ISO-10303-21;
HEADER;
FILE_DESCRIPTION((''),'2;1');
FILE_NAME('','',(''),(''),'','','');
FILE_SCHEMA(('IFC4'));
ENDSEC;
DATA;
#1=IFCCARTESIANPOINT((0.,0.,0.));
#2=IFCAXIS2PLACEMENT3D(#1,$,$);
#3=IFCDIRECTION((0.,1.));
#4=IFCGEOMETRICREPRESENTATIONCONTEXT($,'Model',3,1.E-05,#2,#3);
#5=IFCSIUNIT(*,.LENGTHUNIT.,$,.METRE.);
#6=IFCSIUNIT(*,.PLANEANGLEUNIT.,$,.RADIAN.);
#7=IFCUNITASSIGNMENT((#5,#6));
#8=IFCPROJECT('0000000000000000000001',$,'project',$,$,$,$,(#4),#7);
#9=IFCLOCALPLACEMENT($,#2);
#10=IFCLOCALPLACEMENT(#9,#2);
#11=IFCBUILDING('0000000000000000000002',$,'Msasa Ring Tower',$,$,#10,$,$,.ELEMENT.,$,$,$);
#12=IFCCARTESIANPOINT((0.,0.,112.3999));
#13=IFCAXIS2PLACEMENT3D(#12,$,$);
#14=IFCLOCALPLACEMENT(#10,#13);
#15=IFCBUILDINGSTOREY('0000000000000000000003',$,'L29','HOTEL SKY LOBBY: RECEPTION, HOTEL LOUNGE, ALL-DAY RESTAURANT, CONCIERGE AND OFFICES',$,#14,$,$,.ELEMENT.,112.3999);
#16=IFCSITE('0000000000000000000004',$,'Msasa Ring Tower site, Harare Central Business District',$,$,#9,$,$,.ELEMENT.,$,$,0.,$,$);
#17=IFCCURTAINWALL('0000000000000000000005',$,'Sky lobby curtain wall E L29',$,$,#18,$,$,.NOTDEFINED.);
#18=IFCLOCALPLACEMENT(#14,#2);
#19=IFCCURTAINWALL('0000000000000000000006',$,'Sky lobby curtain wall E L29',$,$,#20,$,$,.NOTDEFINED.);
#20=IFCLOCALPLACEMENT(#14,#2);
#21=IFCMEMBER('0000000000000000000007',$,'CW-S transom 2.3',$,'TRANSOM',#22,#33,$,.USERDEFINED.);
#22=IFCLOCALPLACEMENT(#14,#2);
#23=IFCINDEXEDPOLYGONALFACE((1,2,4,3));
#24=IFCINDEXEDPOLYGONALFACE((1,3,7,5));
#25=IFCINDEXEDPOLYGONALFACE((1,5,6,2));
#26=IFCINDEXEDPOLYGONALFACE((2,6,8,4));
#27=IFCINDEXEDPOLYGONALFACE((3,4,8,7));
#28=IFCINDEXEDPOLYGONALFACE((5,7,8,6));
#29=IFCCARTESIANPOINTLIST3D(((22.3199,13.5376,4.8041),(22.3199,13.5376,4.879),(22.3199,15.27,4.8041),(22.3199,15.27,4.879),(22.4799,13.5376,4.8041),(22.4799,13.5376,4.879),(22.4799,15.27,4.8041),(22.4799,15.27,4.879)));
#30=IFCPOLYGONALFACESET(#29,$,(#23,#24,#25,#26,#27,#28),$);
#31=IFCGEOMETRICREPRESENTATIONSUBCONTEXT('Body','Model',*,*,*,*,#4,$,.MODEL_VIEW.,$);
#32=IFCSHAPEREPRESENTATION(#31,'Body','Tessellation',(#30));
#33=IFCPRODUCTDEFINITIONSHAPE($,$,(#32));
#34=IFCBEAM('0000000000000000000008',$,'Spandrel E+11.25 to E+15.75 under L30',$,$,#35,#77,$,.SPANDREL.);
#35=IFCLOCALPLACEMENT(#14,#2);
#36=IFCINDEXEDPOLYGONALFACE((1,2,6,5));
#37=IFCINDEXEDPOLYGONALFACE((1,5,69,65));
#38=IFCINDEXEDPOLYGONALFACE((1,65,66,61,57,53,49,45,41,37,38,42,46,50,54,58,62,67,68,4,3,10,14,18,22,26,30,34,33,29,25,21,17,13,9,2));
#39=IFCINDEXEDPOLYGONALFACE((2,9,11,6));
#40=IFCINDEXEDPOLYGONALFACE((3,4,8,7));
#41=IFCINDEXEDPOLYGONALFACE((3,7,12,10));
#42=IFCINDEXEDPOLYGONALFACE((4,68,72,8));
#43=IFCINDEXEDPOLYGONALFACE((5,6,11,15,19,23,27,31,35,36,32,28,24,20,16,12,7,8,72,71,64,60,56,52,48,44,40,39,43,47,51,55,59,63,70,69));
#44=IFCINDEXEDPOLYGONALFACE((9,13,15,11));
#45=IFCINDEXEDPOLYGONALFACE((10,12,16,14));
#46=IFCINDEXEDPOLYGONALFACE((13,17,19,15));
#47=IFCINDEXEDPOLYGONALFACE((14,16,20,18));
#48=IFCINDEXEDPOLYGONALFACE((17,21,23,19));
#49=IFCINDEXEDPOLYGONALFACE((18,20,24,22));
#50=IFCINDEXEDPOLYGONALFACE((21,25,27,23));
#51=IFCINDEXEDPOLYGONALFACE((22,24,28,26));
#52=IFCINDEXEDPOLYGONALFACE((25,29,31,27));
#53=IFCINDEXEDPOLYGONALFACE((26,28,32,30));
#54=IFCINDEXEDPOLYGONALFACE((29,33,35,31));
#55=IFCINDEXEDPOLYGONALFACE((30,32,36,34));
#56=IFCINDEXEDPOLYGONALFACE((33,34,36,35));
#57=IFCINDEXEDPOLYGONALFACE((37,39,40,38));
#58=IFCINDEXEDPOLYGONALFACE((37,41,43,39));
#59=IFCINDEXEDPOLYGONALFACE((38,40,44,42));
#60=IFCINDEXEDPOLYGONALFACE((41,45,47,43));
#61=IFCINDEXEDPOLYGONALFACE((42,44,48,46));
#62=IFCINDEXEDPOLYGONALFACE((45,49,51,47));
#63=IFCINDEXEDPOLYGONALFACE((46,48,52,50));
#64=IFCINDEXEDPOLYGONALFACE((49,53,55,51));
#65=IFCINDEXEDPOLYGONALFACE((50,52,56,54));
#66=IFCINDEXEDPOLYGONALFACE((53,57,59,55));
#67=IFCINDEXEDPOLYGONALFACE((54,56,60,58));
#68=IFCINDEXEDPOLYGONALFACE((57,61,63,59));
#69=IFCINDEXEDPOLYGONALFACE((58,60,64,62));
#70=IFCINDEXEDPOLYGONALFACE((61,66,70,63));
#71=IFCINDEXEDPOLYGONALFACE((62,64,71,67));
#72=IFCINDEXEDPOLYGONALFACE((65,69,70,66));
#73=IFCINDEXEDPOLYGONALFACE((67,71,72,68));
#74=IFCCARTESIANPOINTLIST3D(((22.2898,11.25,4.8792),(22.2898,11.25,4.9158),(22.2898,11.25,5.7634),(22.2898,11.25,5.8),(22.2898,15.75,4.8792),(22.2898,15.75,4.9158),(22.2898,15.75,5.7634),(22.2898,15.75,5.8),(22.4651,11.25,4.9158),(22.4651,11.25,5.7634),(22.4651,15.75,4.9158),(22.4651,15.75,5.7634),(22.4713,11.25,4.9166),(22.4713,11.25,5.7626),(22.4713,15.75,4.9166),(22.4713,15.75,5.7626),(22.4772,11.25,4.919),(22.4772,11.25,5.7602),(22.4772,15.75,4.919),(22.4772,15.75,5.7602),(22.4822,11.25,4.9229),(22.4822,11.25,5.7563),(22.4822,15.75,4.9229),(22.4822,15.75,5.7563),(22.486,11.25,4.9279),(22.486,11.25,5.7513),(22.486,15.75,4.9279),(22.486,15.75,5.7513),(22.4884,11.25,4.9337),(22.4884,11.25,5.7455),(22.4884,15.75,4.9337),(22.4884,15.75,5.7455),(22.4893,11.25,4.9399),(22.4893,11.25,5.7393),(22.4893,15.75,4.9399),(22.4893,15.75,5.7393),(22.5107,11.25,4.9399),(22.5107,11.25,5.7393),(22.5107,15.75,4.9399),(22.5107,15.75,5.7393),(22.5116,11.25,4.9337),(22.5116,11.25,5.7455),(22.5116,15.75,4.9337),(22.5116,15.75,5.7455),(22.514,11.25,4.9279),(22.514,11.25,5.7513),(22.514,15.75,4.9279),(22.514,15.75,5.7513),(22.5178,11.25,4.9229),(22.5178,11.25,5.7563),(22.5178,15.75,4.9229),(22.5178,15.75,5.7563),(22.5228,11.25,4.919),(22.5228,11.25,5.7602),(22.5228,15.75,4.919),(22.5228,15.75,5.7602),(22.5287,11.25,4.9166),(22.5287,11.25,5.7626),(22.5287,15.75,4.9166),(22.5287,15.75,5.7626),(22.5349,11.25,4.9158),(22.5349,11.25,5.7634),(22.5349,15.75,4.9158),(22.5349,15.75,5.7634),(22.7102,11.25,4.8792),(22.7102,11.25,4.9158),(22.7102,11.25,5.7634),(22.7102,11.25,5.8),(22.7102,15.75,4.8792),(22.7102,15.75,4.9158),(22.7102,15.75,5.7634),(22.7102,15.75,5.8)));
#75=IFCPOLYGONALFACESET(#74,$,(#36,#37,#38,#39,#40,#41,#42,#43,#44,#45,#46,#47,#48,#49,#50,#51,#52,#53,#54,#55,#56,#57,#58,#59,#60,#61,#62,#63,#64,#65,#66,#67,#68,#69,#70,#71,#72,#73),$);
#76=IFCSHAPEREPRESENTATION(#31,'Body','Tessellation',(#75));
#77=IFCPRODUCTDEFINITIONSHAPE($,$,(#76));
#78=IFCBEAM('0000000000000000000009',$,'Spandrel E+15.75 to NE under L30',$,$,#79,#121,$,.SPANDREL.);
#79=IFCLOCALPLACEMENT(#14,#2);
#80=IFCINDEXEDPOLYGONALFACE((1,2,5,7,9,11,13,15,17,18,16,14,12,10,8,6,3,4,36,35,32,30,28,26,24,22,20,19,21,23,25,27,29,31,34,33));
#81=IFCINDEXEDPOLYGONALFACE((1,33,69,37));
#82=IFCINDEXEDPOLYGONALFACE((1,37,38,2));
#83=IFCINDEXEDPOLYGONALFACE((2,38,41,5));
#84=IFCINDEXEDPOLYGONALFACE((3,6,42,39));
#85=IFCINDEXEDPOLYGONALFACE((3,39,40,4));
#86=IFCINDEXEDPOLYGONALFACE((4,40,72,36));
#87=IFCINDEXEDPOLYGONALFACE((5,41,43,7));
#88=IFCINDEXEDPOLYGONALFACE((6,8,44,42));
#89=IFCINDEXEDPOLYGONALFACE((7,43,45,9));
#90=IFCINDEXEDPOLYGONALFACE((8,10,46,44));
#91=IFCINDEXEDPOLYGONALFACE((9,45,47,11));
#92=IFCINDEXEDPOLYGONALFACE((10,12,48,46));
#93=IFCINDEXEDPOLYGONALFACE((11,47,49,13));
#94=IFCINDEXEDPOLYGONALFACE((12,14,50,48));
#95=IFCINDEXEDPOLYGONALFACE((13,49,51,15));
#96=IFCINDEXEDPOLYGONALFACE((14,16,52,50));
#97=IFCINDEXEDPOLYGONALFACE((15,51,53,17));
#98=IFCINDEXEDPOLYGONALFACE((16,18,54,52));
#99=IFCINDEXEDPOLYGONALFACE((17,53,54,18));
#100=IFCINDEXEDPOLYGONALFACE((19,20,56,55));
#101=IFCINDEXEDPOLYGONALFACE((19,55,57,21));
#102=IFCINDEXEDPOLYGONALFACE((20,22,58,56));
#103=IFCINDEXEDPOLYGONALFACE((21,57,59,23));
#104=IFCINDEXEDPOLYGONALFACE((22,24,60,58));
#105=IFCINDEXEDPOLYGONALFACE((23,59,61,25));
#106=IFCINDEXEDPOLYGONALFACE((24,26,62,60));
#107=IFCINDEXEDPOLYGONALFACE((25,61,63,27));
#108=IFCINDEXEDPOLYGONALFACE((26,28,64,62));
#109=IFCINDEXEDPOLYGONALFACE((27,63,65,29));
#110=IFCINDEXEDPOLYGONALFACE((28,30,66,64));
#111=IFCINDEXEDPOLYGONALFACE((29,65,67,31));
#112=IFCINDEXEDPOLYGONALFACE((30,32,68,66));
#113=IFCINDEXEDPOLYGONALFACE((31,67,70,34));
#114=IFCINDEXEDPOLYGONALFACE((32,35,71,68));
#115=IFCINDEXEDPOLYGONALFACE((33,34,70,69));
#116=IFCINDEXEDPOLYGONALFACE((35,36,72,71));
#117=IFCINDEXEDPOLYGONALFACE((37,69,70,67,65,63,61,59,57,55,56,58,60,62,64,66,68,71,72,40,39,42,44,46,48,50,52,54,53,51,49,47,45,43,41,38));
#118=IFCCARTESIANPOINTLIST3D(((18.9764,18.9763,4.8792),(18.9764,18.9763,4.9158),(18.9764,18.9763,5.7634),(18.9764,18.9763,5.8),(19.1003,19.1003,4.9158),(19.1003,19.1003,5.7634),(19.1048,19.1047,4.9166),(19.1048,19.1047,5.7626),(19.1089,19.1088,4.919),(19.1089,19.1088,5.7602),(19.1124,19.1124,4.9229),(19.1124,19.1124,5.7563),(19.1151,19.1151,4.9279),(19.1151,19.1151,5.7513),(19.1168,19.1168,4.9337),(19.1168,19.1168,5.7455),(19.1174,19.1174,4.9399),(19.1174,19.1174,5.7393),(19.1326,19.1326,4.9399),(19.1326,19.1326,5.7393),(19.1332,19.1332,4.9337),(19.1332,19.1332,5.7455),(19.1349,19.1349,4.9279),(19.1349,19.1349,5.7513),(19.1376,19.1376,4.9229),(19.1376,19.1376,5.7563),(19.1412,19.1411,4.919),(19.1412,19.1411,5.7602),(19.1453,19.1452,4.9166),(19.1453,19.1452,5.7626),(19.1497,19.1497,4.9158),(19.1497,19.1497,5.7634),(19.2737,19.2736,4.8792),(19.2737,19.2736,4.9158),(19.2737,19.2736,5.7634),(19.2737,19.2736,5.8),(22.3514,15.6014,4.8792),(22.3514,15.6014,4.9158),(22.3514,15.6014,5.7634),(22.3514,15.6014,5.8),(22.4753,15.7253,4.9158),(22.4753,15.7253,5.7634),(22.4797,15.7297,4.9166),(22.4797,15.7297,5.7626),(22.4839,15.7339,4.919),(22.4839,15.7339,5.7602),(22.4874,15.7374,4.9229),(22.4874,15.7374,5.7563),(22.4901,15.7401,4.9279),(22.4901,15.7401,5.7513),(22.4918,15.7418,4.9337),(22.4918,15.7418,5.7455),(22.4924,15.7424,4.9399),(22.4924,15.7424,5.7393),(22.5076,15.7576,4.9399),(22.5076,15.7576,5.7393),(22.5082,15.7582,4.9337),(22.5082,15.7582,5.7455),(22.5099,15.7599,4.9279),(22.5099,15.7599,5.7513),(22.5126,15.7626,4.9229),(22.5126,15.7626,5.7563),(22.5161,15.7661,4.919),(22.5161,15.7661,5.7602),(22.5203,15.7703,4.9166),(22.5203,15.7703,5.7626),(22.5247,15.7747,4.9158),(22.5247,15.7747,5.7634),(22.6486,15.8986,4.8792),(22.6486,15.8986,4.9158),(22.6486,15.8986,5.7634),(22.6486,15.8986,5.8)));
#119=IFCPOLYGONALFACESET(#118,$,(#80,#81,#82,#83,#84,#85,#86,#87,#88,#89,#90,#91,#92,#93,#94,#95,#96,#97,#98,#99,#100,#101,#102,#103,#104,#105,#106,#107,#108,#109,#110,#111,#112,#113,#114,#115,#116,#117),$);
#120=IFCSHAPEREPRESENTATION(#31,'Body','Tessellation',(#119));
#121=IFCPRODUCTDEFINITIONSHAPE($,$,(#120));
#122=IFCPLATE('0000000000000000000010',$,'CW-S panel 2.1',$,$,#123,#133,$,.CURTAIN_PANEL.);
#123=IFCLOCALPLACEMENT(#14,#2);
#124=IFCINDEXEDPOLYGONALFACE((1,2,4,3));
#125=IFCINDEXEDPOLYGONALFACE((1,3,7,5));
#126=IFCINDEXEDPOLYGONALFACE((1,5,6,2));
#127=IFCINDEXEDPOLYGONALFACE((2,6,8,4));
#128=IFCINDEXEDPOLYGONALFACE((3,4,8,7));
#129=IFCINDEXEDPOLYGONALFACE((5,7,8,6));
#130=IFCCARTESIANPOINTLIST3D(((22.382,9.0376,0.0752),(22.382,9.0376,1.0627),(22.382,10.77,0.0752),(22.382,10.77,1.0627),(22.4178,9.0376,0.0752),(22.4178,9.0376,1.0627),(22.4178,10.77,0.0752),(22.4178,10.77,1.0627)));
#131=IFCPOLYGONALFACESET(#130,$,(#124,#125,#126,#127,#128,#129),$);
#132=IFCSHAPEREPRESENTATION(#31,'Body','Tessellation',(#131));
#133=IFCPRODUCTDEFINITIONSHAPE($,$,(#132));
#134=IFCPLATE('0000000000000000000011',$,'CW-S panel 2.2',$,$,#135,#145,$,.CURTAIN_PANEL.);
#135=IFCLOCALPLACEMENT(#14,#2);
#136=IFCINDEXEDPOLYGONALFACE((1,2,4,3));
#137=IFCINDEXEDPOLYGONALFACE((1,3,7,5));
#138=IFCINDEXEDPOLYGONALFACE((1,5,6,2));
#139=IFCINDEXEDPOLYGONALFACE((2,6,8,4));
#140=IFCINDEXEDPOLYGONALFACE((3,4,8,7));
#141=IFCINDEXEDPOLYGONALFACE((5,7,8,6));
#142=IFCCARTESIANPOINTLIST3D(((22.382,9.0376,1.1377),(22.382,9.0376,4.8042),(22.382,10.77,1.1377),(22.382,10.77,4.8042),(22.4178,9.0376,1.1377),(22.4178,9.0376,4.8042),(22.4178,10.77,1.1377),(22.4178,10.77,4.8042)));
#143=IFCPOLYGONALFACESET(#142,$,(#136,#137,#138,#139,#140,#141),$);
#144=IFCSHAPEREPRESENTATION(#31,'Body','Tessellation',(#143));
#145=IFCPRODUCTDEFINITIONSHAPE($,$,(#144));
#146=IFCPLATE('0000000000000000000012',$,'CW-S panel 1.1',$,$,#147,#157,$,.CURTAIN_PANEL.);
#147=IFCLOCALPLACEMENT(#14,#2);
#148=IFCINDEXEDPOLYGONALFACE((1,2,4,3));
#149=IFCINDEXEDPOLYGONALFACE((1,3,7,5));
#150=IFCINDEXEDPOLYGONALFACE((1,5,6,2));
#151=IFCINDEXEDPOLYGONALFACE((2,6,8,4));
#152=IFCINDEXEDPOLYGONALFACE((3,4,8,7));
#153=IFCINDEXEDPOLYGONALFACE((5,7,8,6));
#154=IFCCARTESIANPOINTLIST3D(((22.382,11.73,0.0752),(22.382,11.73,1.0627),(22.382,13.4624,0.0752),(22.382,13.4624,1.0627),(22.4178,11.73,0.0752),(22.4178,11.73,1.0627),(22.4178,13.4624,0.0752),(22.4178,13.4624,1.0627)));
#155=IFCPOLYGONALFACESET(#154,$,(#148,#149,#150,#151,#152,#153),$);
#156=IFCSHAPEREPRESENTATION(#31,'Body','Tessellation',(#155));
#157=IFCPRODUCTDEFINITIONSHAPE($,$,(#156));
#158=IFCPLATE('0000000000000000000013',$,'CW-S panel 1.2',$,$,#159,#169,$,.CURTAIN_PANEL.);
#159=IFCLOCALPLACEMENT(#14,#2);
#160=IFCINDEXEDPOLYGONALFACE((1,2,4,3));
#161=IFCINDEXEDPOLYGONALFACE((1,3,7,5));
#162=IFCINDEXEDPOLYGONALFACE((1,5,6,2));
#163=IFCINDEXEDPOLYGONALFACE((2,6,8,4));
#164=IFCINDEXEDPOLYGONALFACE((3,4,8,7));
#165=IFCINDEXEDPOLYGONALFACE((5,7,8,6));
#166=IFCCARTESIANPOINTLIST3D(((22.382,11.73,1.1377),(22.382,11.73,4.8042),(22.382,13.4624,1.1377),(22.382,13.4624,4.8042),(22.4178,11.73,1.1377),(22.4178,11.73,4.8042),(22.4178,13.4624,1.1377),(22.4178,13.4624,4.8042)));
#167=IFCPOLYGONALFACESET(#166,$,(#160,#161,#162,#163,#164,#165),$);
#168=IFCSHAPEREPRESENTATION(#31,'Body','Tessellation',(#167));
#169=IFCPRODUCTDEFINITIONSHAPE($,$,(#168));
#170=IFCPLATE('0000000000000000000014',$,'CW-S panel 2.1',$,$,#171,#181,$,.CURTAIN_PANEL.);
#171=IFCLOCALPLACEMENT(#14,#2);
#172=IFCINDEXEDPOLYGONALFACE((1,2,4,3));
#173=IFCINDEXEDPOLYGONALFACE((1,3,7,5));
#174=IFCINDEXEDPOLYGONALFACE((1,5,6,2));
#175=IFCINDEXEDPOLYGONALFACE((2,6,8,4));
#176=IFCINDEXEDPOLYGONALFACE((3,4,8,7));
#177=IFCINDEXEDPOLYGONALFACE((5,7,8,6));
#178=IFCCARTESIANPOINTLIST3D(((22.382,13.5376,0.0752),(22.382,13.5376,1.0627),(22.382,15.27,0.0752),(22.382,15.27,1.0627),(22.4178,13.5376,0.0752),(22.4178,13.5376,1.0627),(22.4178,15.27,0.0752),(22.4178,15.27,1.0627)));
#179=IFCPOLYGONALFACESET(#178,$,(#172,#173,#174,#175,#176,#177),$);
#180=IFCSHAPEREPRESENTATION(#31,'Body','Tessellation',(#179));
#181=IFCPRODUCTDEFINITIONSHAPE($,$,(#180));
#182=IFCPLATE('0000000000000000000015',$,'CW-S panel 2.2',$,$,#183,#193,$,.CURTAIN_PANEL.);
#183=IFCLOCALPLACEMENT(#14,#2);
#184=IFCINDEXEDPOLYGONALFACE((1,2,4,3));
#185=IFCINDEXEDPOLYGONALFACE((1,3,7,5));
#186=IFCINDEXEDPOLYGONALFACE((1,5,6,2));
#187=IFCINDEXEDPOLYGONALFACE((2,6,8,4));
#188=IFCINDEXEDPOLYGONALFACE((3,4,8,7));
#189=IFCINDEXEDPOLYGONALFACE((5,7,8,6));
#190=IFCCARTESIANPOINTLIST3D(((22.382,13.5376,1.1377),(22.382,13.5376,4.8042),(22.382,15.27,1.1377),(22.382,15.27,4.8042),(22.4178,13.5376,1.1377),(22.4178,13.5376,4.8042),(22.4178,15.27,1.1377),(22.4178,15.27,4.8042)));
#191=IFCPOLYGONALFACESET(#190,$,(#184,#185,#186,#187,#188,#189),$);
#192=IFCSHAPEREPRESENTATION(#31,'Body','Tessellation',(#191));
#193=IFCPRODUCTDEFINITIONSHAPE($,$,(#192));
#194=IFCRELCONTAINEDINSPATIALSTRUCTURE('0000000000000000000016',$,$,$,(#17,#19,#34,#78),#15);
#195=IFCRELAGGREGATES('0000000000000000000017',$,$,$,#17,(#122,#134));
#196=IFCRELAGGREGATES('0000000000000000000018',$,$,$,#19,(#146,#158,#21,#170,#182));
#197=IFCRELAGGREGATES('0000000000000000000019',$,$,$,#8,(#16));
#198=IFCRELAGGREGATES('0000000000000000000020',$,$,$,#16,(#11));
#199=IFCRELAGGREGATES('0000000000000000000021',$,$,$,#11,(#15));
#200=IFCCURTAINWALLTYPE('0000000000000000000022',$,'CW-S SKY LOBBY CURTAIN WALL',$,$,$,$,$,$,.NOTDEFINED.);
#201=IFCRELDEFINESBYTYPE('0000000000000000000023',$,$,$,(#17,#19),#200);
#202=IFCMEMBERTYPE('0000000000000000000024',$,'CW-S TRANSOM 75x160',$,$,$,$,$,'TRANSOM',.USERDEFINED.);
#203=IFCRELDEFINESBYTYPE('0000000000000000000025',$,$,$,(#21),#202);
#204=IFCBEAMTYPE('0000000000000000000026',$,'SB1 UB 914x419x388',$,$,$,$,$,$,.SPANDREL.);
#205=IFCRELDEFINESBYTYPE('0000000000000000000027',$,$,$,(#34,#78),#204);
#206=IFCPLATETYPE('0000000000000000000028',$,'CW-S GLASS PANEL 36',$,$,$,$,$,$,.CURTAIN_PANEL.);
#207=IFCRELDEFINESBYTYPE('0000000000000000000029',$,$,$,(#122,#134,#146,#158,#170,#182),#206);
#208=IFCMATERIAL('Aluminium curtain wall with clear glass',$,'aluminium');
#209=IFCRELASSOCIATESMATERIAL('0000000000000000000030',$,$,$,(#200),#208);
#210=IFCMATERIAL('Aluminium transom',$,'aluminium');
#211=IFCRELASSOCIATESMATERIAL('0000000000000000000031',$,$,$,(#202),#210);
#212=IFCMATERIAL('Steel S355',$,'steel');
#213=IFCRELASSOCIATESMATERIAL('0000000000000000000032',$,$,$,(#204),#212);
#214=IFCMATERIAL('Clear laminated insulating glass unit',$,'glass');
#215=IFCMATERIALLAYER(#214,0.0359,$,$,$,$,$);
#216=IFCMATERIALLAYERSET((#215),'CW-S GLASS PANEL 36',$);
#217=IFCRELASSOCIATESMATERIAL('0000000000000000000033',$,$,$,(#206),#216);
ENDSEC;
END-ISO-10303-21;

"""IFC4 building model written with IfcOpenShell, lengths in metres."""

from ifc_helpers import new_model, si_unit, direction, frame, origin, origin_2d, place, context, subcontext, project, spatial, rectangle, i_section, extrude, material, layer, layer_set, material_profile, profile_set, type_object, element, aggregate, save


model = new_model("IFC4")

# Units and contexts
model_context = context("Model", 3, precision=1e-05, world=origin(), true_north=direction((0.0, 1.0)))
body_context = subcontext(model_context, "Body", "Model", "MODEL_VIEW")
ifc_project = project(units=[si_unit("LENGTHUNIT", "METRE"), si_unit("PLANEANGLEUNIT", "RADIAN")], contexts=[model_context])

# Site, building, storey
site_placement = place(None, origin())
site = spatial("IfcSite", under=ifc_project, at=site_placement, Name="Msasa Ring Tower site, Harare Central Business District", CompositionType="ELEMENT", RefElevation=0.0)
building_placement = place(site_placement, origin())
building = spatial("IfcBuilding", under=site, at=building_placement, Name="Msasa Ring Tower", CompositionType="ELEMENT")
storey_placement = place(building_placement, frame((0.0, 0.0, 112.3999)))
storey = spatial("IfcBuildingStorey", under=building, at=storey_placement, Name="L29", Description="HOTEL SKY LOBBY: RECEPTION, HOTEL LOUNGE, ALL-DAY RESTAURANT, CONCIERGE AND OFFICES", CompositionType="ELEMENT", Elevation=112.3999)

# Curtain wall
ifc_material_1 = material(Name="Aluminium curtain wall with clear glass", Category="aluminium")
curtain_wall_type_1 = type_object("IfcCurtainWallType", Name="CW-S SKY LOBBY CURTAIN WALL", PredefinedType="NOTDEFINED", material=ifc_material_1)
curtain_wall_1_placement = place(storey_placement, origin())
curtain_wall_1 = element("IfcCurtainWall", 1, at=curtain_wall_1_placement, inside=storey, type_object=curtain_wall_type_1, Name="Sky lobby curtain wall E L29", PredefinedType="NOTDEFINED")

# Curtain wall, member
curtain_wall_2_placement = place(storey_placement, origin())
curtain_wall_2 = element("IfcCurtainWall", 2, at=curtain_wall_2_placement, inside=storey, type_object=curtain_wall_type_1, Name="Sky lobby curtain wall E L29", PredefinedType="NOTDEFINED")
ifc_material_2 = material(Name="Aluminium transom", Category="aluminium")
ifc_material_profile_1 = material_profile(ifc_material_2, rectangle(XDim=0.1599, YDim=0.075, at=origin_2d()), Name="AL 75x160")
ifc_profile_set_1 = profile_set([ifc_material_profile_1], Name="Aluminium transom")
member_type_1 = type_object("IfcMemberType", Name="CW-S TRANSOM 75x160", ElementType="TRANSOM", PredefinedType="USERDEFINED", material=ifc_profile_set_1)
member_1_placement = place(storey_placement, frame((22.3999, 13.5376, 4.8416), z_axis=(0.0, 1.0, 0.0), x_axis=(-1.0, 0.0, 0.0)))
member_1 = element("IfcMember", 3, at=member_1_placement, type_object=member_type_1, Name="CW-S transom 2.3", ObjectType="TRANSOM", PredefinedType="USERDEFINED", context=body_context, shape_type="SweptSolid", body=[
    extrude(rectangle(XDim=0.1599, YDim=0.075, at=origin_2d()), origin(), (0.0, 0.0, 1.0), 1.7324),
])

# Beams
ifc_material_3 = material(Name="Steel S355", Category="steel")
ifc_material_profile_2 = material_profile(ifc_material_3, i_section(OverallWidth=0.4204, OverallDepth=0.9209, WebThickness=0.0215, FlangeThickness=0.0366, FilletRadius=0.0242, at=origin_2d()), Name="UB 914x419x388")
ifc_profile_set_2 = profile_set([ifc_material_profile_2], Name="Steel S355")
beam_type = type_object("IfcBeamType", Name="SB1 UB 914x419x388", PredefinedType="SPANDREL", material=ifc_profile_set_2)
beam_1_placement = place(storey_placement, frame((22.5, 11.25, 5.3396), z_axis=(0.0, 1.0, 0.0), x_axis=(-1.0, 0.0, 0.0)))
element("IfcBeam", 4, at=beam_1_placement, inside=storey, type_object=beam_type, Name="Spandrel E+11.25 to E+15.75 under L30", PredefinedType="SPANDREL", context=body_context, shape_type="SweptSolid", body=[
    extrude(i_section(OverallWidth=0.4204, OverallDepth=0.9209, WebThickness=0.0215, FlangeThickness=0.0366, FilletRadius=0.0242, at=origin_2d()), origin(), (0.0, 0.0, 1.0), 4.5),
])
beam_2_placement = place(storey_placement, frame((22.5, 15.75, 5.3396), z_axis=(-0.707107, 0.707107, 0.0), x_axis=(-0.707107, -0.707107, 0.0)))
element("IfcBeam", 5, at=beam_2_placement, inside=storey, type_object=beam_type, Name="Spandrel E+15.75 to NE under L30", PredefinedType="SPANDREL", context=body_context, shape_type="SweptSolid", body=[
    extrude(i_section(OverallWidth=0.4204, OverallDepth=0.9209, WebThickness=0.0215, FlangeThickness=0.0366, FilletRadius=0.0242, at=origin_2d()), origin(), (0.0, 0.0, 1.0), 4.7729),
])

# Plates
ifc_material_4 = material(Name="Clear laminated insulating glass unit", Category="glass")
ifc_layer_1 = layer(ifc_material_4, 0.0359)
ifc_layer_set_1 = layer_set([ifc_layer_1], Name="CW-S GLASS PANEL 36")
plate_type = type_object("IfcPlateType", Name="CW-S GLASS PANEL 36", PredefinedType="CURTAIN_PANEL", material=ifc_layer_set_1)
plate_1_placement = place(storey_placement, frame((22.3999, 9.9038, 0.0752), z_axis=(0.0, 0.0, 1.0), x_axis=(0.0, 1.0, 0.0)))
plate_1 = element("IfcPlate", 6, at=plate_1_placement, type_object=plate_type, Name="CW-S panel 2.1", PredefinedType="CURTAIN_PANEL", context=body_context, shape_type="SweptSolid", body=[
    extrude(rectangle(XDim=1.7324, YDim=0.0359, at=origin_2d()), origin(), (0.0, 0.0, 1.0), 0.9875),
])
plate_2_placement = place(storey_placement, frame((22.3999, 9.9038, 1.1377), z_axis=(0.0, 0.0, 1.0), x_axis=(0.0, 1.0, 0.0)))
plate_2 = element("IfcPlate", 7, at=plate_2_placement, type_object=plate_type, Name="CW-S panel 2.2", PredefinedType="CURTAIN_PANEL", context=body_context, shape_type="SweptSolid", body=[
    extrude(rectangle(XDim=1.7324, YDim=0.0359, at=origin_2d()), origin(), (0.0, 0.0, 1.0), 3.6665),
])
aggregate(curtain_wall_1, [plate_1, plate_2])
plate_3_placement = place(storey_placement, frame((22.3999, 12.5962, 0.0752), z_axis=(0.0, 0.0, 1.0), x_axis=(0.0, 1.0, 0.0)))
plate_3 = element("IfcPlate", 8, at=plate_3_placement, type_object=plate_type, Name="CW-S panel 1.1", PredefinedType="CURTAIN_PANEL", context=body_context, shape_type="SweptSolid", body=[
    extrude(rectangle(XDim=1.7324, YDim=0.0359, at=origin_2d()), origin(), (0.0, 0.0, 1.0), 0.9875),
])
plate_4_placement = place(storey_placement, frame((22.3999, 12.5962, 1.1377), z_axis=(0.0, 0.0, 1.0), x_axis=(0.0, 1.0, 0.0)))
plate_4 = element("IfcPlate", 9, at=plate_4_placement, type_object=plate_type, Name="CW-S panel 1.2", PredefinedType="CURTAIN_PANEL", context=body_context, shape_type="SweptSolid", body=[
    extrude(rectangle(XDim=1.7324, YDim=0.0359, at=origin_2d()), origin(), (0.0, 0.0, 1.0), 3.6665),
])
plate_5_placement = place(storey_placement, frame((22.3999, 14.4038, 0.0752), z_axis=(0.0, 0.0, 1.0), x_axis=(0.0, 1.0, 0.0)))
plate_5 = element("IfcPlate", 10, at=plate_5_placement, type_object=plate_type, Name="CW-S panel 2.1", PredefinedType="CURTAIN_PANEL", context=body_context, shape_type="SweptSolid", body=[
    extrude(rectangle(XDim=1.7324, YDim=0.0359, at=origin_2d()), origin(), (0.0, 0.0, 1.0), 0.9875),
])
plate_6_placement = place(storey_placement, frame((22.3999, 14.4038, 1.1377), z_axis=(0.0, 0.0, 1.0), x_axis=(0.0, 1.0, 0.0)))
plate_6 = element("IfcPlate", 11, at=plate_6_placement, type_object=plate_type, Name="CW-S panel 2.2", PredefinedType="CURTAIN_PANEL", context=body_context, shape_type="SweptSolid", body=[
    extrude(rectangle(XDim=1.7324, YDim=0.0359, at=origin_2d()), origin(), (0.0, 0.0, 1.0), 3.6665),
])
aggregate(curtain_wall_2, [plate_3, plate_4, member_1, plate_5, plate_6])

save(model, "model.ifc")
